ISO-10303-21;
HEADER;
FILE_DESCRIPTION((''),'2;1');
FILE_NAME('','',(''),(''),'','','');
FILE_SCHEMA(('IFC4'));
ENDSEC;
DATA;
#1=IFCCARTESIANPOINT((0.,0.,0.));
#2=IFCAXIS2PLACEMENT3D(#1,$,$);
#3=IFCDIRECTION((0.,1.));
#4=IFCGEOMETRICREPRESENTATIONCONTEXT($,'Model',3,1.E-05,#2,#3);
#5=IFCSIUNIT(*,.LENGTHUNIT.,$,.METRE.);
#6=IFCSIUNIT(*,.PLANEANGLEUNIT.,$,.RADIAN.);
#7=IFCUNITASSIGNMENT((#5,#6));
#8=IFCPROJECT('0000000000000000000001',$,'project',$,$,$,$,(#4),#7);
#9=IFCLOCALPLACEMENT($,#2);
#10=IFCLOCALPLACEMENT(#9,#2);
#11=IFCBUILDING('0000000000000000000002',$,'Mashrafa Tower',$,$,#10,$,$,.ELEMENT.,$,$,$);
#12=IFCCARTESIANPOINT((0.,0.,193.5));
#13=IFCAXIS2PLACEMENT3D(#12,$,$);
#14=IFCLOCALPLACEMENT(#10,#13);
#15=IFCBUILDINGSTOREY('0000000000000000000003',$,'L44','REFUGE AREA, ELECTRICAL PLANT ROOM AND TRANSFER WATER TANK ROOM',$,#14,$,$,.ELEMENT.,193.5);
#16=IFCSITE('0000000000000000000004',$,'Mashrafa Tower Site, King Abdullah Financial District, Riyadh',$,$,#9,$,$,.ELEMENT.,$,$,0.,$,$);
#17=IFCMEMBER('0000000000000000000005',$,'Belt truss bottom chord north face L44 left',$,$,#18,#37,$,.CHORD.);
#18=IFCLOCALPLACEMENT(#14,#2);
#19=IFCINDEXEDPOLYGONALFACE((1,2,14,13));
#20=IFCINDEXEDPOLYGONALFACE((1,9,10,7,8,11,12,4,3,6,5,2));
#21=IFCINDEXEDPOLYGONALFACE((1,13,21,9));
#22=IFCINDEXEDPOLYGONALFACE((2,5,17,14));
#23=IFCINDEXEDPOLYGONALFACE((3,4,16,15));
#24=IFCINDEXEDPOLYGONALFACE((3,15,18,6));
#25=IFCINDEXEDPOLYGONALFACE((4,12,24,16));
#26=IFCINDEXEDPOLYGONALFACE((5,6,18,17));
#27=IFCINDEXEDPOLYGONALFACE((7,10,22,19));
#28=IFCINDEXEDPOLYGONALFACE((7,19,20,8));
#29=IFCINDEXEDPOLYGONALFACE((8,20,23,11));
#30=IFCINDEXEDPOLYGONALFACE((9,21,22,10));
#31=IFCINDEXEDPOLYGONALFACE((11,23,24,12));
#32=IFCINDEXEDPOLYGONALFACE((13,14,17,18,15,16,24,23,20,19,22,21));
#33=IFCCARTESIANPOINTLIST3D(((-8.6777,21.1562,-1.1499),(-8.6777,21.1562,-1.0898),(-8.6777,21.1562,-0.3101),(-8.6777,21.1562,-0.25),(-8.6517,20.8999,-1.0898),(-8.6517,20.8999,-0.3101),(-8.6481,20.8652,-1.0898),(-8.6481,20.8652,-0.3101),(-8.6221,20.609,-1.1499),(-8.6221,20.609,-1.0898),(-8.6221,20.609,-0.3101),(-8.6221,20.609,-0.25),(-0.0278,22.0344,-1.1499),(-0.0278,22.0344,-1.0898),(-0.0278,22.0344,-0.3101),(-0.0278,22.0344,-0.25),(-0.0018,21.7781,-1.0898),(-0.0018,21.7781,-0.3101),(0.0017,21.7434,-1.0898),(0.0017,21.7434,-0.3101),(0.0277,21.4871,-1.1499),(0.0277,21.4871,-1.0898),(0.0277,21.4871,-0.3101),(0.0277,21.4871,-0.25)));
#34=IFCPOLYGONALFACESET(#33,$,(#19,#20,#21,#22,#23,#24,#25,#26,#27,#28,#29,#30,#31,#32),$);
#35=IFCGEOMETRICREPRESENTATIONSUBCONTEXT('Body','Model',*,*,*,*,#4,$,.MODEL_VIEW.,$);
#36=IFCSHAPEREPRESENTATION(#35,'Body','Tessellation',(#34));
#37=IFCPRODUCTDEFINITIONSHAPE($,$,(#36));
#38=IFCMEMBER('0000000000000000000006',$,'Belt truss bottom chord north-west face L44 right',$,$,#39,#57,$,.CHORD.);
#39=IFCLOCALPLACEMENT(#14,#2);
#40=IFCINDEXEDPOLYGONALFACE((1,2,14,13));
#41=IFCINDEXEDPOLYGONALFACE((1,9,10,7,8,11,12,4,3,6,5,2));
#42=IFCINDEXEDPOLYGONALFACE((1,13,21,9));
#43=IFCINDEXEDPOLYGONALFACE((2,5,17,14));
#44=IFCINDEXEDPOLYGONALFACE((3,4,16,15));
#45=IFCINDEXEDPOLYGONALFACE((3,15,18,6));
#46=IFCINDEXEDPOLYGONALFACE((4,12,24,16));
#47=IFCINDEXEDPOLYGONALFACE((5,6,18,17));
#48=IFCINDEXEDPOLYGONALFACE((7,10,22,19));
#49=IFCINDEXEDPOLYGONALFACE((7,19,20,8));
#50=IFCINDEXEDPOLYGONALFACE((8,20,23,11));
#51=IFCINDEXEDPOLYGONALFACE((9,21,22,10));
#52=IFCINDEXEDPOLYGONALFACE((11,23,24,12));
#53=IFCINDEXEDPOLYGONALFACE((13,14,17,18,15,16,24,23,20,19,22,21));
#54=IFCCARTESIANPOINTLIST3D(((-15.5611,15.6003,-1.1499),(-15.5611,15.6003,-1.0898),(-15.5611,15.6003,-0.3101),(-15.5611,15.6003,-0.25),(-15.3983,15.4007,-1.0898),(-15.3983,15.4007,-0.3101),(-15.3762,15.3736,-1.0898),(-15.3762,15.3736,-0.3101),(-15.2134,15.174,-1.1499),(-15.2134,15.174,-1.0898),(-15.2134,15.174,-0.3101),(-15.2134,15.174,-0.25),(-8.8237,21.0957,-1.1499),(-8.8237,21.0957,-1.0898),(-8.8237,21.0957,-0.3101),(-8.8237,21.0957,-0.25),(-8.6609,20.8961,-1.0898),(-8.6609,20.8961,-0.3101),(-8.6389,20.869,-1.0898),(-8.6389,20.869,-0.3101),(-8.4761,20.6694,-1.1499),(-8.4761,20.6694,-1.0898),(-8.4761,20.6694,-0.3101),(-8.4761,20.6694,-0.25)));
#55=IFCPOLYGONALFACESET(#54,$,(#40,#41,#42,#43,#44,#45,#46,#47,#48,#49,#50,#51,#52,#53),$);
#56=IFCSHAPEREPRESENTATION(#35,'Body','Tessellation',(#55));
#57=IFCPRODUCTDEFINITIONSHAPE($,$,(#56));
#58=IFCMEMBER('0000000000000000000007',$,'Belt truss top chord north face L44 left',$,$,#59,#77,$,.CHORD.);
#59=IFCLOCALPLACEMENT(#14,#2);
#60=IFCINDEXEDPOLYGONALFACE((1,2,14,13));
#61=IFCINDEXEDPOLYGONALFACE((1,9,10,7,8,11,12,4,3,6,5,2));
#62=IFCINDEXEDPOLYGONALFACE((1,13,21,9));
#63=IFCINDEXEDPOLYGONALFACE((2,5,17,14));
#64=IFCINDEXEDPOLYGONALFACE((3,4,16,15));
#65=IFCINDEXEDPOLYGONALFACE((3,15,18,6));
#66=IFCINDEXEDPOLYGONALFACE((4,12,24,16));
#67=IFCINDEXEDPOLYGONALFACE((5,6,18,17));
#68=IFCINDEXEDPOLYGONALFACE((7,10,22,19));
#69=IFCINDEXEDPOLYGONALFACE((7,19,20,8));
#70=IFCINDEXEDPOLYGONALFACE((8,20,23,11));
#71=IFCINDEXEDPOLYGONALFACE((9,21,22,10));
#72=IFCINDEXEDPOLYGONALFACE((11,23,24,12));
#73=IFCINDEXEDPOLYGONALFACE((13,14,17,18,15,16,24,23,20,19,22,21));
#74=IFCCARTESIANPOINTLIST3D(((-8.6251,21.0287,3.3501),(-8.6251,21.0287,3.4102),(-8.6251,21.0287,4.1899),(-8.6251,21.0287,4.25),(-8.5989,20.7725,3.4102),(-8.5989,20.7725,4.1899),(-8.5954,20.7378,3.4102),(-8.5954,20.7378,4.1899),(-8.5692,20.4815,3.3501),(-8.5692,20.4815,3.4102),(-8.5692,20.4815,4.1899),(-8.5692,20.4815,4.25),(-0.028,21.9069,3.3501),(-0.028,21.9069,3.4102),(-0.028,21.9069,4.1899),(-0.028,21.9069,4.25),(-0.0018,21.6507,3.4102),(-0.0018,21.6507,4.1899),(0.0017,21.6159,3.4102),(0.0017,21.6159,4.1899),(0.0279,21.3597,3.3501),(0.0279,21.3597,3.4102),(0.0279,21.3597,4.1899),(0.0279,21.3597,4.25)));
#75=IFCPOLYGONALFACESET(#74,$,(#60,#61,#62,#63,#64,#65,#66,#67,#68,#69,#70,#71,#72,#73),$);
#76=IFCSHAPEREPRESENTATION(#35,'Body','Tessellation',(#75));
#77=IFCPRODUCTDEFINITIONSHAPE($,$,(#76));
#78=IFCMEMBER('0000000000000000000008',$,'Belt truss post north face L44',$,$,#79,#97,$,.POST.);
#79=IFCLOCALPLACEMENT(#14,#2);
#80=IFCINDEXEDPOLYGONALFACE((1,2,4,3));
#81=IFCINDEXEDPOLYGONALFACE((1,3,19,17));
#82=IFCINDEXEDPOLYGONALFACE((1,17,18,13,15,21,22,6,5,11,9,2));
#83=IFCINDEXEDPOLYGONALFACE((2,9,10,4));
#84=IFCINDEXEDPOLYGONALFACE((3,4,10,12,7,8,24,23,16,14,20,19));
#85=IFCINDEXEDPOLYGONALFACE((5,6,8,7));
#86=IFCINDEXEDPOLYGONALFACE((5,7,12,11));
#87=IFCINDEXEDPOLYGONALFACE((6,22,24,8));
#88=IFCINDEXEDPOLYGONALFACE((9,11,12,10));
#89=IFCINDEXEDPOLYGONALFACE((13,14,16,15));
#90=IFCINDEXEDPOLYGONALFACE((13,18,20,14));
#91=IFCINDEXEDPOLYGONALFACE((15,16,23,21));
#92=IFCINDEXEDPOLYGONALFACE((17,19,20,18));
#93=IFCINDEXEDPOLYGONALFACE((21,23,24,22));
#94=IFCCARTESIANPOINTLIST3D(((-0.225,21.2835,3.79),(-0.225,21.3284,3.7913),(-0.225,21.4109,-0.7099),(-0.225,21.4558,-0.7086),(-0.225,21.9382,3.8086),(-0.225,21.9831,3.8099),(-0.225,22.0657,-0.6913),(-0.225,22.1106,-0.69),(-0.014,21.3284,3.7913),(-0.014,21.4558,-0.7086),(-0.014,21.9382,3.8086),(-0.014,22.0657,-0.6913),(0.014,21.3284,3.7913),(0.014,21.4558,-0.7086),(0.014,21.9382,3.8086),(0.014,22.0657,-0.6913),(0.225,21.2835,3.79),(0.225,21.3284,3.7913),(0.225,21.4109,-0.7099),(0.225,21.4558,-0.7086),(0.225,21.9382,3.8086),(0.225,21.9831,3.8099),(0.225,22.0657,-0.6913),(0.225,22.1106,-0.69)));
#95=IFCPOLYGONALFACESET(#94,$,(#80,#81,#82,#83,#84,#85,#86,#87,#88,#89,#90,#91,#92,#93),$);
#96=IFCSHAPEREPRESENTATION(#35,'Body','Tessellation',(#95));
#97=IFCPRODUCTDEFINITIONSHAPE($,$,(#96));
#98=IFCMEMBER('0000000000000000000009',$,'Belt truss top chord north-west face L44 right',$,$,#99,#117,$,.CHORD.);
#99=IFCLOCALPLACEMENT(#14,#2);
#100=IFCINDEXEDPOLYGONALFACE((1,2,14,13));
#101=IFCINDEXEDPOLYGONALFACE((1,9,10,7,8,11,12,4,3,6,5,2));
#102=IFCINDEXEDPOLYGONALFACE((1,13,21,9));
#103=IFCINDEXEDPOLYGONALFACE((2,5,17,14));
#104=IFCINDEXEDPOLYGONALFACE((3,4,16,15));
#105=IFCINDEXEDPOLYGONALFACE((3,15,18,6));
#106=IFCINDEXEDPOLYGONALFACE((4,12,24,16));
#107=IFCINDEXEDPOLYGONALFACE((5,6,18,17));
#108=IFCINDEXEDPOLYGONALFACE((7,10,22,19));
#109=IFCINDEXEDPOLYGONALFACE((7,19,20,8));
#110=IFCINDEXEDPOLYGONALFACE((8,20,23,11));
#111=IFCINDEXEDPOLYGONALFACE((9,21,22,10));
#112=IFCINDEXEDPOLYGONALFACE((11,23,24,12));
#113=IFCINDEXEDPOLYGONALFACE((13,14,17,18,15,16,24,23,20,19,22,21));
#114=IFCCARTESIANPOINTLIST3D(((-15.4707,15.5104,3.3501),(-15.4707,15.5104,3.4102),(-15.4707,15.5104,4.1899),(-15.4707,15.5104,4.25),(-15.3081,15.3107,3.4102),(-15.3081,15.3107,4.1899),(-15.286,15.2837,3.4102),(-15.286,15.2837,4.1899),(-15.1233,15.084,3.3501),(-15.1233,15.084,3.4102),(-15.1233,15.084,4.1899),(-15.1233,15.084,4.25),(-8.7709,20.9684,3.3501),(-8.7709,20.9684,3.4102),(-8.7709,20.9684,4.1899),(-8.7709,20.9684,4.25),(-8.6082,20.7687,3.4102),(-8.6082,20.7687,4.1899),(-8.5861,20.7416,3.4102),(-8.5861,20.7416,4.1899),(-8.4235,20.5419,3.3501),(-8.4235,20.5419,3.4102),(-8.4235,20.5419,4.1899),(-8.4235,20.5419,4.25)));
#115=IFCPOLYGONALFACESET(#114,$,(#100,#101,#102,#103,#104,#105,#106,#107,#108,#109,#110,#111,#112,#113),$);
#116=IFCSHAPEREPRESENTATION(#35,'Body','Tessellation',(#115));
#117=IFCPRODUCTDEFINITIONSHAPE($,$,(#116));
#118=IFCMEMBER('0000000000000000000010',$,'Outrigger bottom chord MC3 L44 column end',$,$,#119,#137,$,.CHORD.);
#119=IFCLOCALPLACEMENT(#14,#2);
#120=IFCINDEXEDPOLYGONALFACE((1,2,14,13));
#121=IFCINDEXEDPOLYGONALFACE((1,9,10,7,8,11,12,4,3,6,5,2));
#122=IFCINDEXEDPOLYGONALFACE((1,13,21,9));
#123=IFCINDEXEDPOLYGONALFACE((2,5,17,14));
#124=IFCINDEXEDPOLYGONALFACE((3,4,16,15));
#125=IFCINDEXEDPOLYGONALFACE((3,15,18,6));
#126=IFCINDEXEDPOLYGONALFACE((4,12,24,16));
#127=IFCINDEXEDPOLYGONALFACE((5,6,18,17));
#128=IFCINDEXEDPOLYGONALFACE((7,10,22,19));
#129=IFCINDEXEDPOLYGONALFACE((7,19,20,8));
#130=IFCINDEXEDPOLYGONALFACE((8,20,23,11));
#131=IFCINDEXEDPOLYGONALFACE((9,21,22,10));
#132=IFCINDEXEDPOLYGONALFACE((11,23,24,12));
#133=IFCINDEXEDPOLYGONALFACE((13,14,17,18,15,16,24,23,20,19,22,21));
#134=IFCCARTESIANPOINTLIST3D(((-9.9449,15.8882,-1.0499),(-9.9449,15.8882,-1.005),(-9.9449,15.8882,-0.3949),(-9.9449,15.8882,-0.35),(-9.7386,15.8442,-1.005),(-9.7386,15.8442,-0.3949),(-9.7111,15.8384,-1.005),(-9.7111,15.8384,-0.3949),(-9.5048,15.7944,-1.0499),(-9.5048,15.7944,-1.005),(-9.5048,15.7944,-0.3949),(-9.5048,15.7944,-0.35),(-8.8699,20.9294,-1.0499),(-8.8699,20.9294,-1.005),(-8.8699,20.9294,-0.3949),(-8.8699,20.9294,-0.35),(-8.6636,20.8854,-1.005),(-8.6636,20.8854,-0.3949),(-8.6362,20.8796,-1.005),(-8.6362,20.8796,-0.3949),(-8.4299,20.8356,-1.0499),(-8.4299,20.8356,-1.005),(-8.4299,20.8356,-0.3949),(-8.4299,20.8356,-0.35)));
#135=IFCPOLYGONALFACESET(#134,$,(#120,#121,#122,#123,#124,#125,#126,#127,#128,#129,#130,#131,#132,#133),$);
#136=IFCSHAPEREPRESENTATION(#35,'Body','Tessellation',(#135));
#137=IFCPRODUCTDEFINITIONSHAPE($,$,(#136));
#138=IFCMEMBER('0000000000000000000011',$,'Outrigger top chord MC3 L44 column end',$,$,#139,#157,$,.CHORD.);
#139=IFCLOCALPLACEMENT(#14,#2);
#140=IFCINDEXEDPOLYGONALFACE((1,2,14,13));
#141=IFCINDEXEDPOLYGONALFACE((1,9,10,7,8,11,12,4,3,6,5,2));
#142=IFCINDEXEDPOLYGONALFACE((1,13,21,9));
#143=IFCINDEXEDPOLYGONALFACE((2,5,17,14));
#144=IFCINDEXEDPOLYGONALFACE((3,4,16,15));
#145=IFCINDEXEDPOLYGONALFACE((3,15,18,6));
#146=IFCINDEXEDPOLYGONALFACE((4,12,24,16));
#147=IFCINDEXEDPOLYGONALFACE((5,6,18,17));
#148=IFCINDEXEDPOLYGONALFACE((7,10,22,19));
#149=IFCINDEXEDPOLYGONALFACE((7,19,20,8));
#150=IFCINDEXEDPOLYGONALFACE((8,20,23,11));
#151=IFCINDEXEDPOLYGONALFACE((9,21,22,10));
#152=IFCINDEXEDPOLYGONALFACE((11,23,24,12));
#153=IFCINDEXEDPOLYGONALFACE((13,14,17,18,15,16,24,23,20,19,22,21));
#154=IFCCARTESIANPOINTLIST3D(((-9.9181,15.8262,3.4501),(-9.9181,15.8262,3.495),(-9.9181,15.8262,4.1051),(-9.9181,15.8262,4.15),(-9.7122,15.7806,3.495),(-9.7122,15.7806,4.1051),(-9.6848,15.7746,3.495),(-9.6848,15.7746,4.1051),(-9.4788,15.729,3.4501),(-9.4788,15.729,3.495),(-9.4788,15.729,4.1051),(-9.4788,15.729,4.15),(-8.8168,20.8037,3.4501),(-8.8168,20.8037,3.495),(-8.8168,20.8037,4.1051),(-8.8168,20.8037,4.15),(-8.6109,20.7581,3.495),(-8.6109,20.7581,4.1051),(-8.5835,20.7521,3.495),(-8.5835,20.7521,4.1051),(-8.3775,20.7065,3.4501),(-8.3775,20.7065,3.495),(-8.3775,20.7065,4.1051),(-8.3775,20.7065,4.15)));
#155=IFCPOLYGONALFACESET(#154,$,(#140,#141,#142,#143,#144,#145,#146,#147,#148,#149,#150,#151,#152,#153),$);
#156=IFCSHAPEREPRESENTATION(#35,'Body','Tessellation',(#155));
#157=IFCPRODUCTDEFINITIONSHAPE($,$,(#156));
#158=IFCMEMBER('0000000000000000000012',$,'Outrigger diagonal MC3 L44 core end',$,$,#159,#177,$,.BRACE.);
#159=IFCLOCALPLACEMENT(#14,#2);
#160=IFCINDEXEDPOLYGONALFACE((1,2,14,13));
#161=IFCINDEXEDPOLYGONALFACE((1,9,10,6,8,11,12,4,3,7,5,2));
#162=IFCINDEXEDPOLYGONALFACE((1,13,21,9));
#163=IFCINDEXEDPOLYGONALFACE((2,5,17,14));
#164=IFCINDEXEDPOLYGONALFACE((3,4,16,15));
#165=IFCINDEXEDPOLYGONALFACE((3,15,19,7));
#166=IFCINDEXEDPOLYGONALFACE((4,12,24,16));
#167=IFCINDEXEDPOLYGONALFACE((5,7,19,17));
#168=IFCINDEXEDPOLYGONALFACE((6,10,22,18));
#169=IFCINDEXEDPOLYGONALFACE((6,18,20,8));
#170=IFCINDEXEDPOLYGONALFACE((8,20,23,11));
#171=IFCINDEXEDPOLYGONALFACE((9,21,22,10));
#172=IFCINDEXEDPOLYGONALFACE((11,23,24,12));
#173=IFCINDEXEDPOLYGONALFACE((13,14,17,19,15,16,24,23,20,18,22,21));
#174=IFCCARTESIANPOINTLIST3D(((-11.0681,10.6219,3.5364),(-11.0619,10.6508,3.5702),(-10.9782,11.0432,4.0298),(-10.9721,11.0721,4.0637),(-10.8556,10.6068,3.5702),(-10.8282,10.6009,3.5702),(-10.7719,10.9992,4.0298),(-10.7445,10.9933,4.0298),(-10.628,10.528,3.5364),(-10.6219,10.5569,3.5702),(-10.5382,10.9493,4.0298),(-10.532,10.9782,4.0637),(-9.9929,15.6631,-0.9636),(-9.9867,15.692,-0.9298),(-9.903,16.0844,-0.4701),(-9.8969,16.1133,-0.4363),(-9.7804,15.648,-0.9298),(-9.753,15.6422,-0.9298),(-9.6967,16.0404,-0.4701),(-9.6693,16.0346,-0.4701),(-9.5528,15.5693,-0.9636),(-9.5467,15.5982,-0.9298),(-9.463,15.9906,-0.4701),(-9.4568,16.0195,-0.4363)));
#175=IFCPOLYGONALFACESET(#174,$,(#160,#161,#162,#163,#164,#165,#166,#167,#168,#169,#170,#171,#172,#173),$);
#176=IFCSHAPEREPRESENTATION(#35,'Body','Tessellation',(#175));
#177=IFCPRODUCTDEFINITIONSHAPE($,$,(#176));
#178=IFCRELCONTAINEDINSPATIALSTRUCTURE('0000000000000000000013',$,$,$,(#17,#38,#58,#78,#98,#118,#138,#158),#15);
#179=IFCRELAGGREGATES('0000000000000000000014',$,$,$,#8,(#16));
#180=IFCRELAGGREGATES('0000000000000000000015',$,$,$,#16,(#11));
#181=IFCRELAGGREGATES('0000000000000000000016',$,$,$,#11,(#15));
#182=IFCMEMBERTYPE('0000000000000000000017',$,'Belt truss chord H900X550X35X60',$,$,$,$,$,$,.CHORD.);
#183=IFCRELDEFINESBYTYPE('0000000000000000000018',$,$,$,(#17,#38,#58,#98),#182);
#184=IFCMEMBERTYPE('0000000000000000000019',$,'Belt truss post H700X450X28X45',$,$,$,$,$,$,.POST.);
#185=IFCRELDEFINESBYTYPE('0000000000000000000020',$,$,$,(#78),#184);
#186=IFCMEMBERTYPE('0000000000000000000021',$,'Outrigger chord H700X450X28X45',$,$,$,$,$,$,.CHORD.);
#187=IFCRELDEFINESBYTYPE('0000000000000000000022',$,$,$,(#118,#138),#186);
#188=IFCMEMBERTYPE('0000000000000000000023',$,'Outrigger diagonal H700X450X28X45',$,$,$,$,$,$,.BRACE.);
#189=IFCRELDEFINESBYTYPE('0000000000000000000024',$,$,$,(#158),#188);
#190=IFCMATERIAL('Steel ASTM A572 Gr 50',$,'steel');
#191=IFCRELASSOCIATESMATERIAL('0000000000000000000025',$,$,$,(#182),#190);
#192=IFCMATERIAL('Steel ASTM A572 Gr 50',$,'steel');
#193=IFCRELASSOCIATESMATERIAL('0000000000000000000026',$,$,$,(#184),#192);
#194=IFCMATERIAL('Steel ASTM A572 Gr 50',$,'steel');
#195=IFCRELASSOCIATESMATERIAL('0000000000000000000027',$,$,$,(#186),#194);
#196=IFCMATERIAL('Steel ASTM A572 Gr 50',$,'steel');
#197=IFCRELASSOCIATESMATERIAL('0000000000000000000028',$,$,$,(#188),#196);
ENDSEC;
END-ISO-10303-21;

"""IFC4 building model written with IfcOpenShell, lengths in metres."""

from ifc_helpers import new_model, si_unit, direction, frame, origin, origin_2d, place, context, subcontext, project, spatial, i_section, extrude, source, transform, mapped, material, material_profile, profile_set, type_object, type_shapes, element, save


model = new_model("IFC4")

# Units and contexts
model_context = context("Model", 3, precision=1e-05, world=origin(), true_north=direction((0.0, 1.0)))
body_context = subcontext(model_context, "Body", "Model", "MODEL_VIEW")
ifc_project = project(units=[si_unit("LENGTHUNIT", "METRE"), si_unit("PLANEANGLEUNIT", "RADIAN")], contexts=[model_context])

# Site, building, storey
site_placement = place(None, origin())
site = spatial("IfcSite", under=ifc_project, at=site_placement, Name="Mashrafa Tower Site, King Abdullah Financial District, Riyadh", CompositionType="ELEMENT", RefElevation=0.0)
building_placement = place(site_placement, origin())
building = spatial("IfcBuilding", under=site, at=building_placement, Name="Mashrafa Tower", CompositionType="ELEMENT")
storey_placement = place(building_placement, frame((0.0, 0.0, 193.5)))
storey = spatial("IfcBuildingStorey", under=building, at=storey_placement, Name="L44", Description="REFUGE AREA, ELECTRICAL PLANT ROOM AND TRANSFER WATER TANK ROOM", CompositionType="ELEMENT", Elevation=193.5)

# Members
ifc_material_1 = material(Name="Steel ASTM A572 Gr 50", Category="steel")
ifc_material_profile_1 = material_profile(ifc_material_1, i_section(OverallWidth=0.55, OverallDepth=0.8999, WebThickness=0.0349, FlangeThickness=0.0601, at=origin_2d()), Name="H900X550X35X60")
ifc_profile_set_1 = profile_set([ifc_material_profile_1], Name="Steel ASTM A572 Gr 50")
member_type_1 = type_object("IfcMemberType", Name="Belt truss chord H900X550X35X60", PredefinedType="CHORD", material=ifc_profile_set_1)
shared_shape_1 = source(origin(), body_context, "Body", "SweptSolid", [
    extrude(i_section(OverallWidth=0.55, OverallDepth=0.8999, WebThickness=0.0349, FlangeThickness=0.0601, at=origin_2d()), origin(), (0.0, 0.0, 1.0), 8.6943),
])
for number, where, z_axis, x_axis, name in (
    (1, (-8.6499, 20.8826, -0.7), (0.994886, 0.101005, 0.0), (-0.101005, 0.994886, 0.0), "Belt truss bottom chord north face L44 left"),
    (2, (-8.6499, 20.8826, -0.7), (-0.774914, -0.632067, 0.0), (0.632067, -0.774914, 0.0), "Belt truss bottom chord north-west face L44 right"),
):
    element("IfcMember", number, at=place(storey_placement, frame(where, z_axis=z_axis, x_axis=x_axis)), inside=storey, type_object=member_type_1, Name=name, PredefinedType="CHORD", context=body_context, shape_type="MappedRepresentation", body=[
        mapped(shared_shape_1, transform((0.0, 0.0, 0.0))),
    ])
shared_shape_2 = source(origin(), body_context, "Body", "SweptSolid", [
    extrude(i_section(OverallWidth=0.55, OverallDepth=0.8999, WebThickness=0.0349, FlangeThickness=0.0601, at=origin_2d()), origin(), (0.0, 0.0, 1.0), 8.6418),
])
member_1_placement = place(storey_placement, frame((-8.5972, 20.7551, 3.8), z_axis=(0.994823, 0.101618, 0.0), x_axis=(-0.101618, 0.994823, 0.0)))
element("IfcMember", 3, at=member_1_placement, inside=storey, type_object=member_type_1, Name="Belt truss top chord north face L44 left", PredefinedType="CHORD", context=body_context, shape_type="MappedRepresentation", body=[
    mapped(shared_shape_2, transform((0.0, 0.0, 0.0))),
])
ifc_material_2 = material(Name="Steel ASTM A572 Gr 50", Category="steel")
ifc_material_profile_2 = material_profile(ifc_material_2, i_section(OverallWidth=0.45, OverallDepth=0.7, WebThickness=0.0281, FlangeThickness=0.0449, at=origin_2d()), Name="H700X450X28X45")
ifc_profile_set_2 = profile_set([ifc_material_profile_2], Name="Steel ASTM A572 Gr 50")
member_type_2 = type_object("IfcMemberType", Name="Belt truss post H700X450X28X45", PredefinedType="POST", material=ifc_profile_set_2)
shared_shape_3 = source(origin(), body_context, "Body", "SweptSolid", [
    extrude(i_section(OverallWidth=0.45, OverallDepth=0.7, WebThickness=0.0281, FlangeThickness=0.0449, at=origin_2d()), origin(), (0.0, 0.0, 1.0), 4.5017),
])
type_shapes(member_type_2, [shared_shape_3])
member_2_placement = place(storey_placement, frame((0.0, 21.7607, -0.7), z_axis=(0.0, -0.028309, 0.999599), x_axis=(1.0, 0.0, 0.0)))
element("IfcMember", 4, at=member_2_placement, inside=storey, type_object=member_type_2, Name="Belt truss post north face L44", PredefinedType="POST", context=body_context, shape_type="MappedRepresentation", body=[
    mapped(shared_shape_3, transform((0.0, 0.0, 0.0))),
])
shared_shape_4 = source(origin(), body_context, "Body", "SweptSolid", [
    extrude(i_section(OverallWidth=0.55, OverallDepth=0.8999, WebThickness=0.0349, FlangeThickness=0.0601, at=origin_2d()), origin(), (0.0, 0.0, 1.0), 8.6416),
])
type_shapes(member_type_1, [shared_shape_1, shared_shape_2, shared_shape_4])
member_3_placement = place(storey_placement, frame((-8.5972, 20.7551, 3.8), z_axis=(-0.775304, -0.631589, 0.0), x_axis=(0.631589, -0.775304, 0.0)))
element("IfcMember", 5, at=member_3_placement, inside=storey, type_object=member_type_1, Name="Belt truss top chord north-west face L44 right", PredefinedType="CHORD", context=body_context, shape_type="MappedRepresentation", body=[
    mapped(shared_shape_4, transform((0.0, 0.0, 0.0))),
])
ifc_material_3 = material(Name="Steel ASTM A572 Gr 50", Category="steel")
ifc_material_profile_3 = material_profile(ifc_material_3, i_section(OverallWidth=0.45, OverallDepth=0.7, WebThickness=0.0281, FlangeThickness=0.0449, at=origin_2d()), Name="H700X450X28X45")
ifc_profile_set_3 = profile_set([ifc_material_profile_3], Name="Steel ASTM A572 Gr 50")
member_type_3 = type_object("IfcMemberType", Name="Outrigger chord H700X450X28X45", PredefinedType="CHORD", material=ifc_profile_set_3)
shared_shape_5 = source(origin(), body_context, "Body", "SweptSolid", [
    extrude(i_section(OverallWidth=0.45, OverallDepth=0.7, WebThickness=0.0281, FlangeThickness=0.0449, at=origin_2d()), origin(), (0.0, 0.0, 1.0), 5.1545),
])
member_4_placement = place(storey_placement, frame((-9.7249, 15.8413, -0.7), z_axis=(0.208542, 0.978013, 0.0), x_axis=(-0.978013, 0.208542, 0.0)))
element("IfcMember", 6, at=member_4_placement, inside=storey, type_object=member_type_3, Name="Outrigger bottom chord MC3 L44 column end", PredefinedType="CHORD", context=body_context, shape_type="MappedRepresentation", body=[
    mapped(shared_shape_5, transform((0.0, 0.0, 0.0))),
])
shared_shape_6 = source(origin(), body_context, "Body", "SweptSolid", [
    extrude(i_section(OverallWidth=0.45, OverallDepth=0.7, WebThickness=0.0281, FlangeThickness=0.0449, at=origin_2d()), origin(), (0.0, 0.0, 1.0), 5.0979),
])
type_shapes(member_type_3, [shared_shape_5, shared_shape_6])
member_5_placement = place(storey_placement, frame((-9.6985, 15.7776, 3.8), z_axis=(0.216033, 0.976386, 0.0), x_axis=(-0.976386, 0.216033, 0.0)))
element("IfcMember", 7, at=member_5_placement, inside=storey, type_object=member_type_3, Name="Outrigger top chord MC3 L44 column end", PredefinedType="CHORD", context=body_context, shape_type="MappedRepresentation", body=[
    mapped(shared_shape_6, transform((0.0, 0.0, 0.0))),
])
ifc_material_4 = material(Name="Steel ASTM A572 Gr 50", Category="steel")
ifc_material_profile_4 = material_profile(ifc_material_4, i_section(OverallWidth=0.45, OverallDepth=0.7, WebThickness=0.0281, FlangeThickness=0.0449, at=origin_2d()), Name="H700X450X28X45")
ifc_profile_set_4 = profile_set([ifc_material_profile_4], Name="Steel ASTM A572 Gr 50")
member_type_4 = type_object("IfcMemberType", Name="Outrigger diagonal H700X450X28X45", PredefinedType="BRACE", material=ifc_profile_set_4)
shared_shape_7 = source(origin(), body_context, "Body", "SweptSolid", [
    extrude(i_section(OverallWidth=0.45, OverallDepth=0.7, WebThickness=0.0281, FlangeThickness=0.0449, at=origin_2d()), origin(), (0.0, 0.0, 1.0), 6.8425),
])
member_6_placement = place(storey_placement, frame((-9.7249, 15.8413, -0.7), z_axis=(-0.157134, -0.736753, 0.657651), x_axis=(0.978004, -0.208588, 0.0)))
element("IfcMember", 8, at=member_6_placement, inside=storey, type_object=member_type_4, Name="Outrigger diagonal MC3 L44 core end", PredefinedType="BRACE", context=body_context, shape_type="MappedRepresentation", body=[
    mapped(shared_shape_7, transform((0.0, 0.0, 0.0))),
])

save(model, "model.ifc")
